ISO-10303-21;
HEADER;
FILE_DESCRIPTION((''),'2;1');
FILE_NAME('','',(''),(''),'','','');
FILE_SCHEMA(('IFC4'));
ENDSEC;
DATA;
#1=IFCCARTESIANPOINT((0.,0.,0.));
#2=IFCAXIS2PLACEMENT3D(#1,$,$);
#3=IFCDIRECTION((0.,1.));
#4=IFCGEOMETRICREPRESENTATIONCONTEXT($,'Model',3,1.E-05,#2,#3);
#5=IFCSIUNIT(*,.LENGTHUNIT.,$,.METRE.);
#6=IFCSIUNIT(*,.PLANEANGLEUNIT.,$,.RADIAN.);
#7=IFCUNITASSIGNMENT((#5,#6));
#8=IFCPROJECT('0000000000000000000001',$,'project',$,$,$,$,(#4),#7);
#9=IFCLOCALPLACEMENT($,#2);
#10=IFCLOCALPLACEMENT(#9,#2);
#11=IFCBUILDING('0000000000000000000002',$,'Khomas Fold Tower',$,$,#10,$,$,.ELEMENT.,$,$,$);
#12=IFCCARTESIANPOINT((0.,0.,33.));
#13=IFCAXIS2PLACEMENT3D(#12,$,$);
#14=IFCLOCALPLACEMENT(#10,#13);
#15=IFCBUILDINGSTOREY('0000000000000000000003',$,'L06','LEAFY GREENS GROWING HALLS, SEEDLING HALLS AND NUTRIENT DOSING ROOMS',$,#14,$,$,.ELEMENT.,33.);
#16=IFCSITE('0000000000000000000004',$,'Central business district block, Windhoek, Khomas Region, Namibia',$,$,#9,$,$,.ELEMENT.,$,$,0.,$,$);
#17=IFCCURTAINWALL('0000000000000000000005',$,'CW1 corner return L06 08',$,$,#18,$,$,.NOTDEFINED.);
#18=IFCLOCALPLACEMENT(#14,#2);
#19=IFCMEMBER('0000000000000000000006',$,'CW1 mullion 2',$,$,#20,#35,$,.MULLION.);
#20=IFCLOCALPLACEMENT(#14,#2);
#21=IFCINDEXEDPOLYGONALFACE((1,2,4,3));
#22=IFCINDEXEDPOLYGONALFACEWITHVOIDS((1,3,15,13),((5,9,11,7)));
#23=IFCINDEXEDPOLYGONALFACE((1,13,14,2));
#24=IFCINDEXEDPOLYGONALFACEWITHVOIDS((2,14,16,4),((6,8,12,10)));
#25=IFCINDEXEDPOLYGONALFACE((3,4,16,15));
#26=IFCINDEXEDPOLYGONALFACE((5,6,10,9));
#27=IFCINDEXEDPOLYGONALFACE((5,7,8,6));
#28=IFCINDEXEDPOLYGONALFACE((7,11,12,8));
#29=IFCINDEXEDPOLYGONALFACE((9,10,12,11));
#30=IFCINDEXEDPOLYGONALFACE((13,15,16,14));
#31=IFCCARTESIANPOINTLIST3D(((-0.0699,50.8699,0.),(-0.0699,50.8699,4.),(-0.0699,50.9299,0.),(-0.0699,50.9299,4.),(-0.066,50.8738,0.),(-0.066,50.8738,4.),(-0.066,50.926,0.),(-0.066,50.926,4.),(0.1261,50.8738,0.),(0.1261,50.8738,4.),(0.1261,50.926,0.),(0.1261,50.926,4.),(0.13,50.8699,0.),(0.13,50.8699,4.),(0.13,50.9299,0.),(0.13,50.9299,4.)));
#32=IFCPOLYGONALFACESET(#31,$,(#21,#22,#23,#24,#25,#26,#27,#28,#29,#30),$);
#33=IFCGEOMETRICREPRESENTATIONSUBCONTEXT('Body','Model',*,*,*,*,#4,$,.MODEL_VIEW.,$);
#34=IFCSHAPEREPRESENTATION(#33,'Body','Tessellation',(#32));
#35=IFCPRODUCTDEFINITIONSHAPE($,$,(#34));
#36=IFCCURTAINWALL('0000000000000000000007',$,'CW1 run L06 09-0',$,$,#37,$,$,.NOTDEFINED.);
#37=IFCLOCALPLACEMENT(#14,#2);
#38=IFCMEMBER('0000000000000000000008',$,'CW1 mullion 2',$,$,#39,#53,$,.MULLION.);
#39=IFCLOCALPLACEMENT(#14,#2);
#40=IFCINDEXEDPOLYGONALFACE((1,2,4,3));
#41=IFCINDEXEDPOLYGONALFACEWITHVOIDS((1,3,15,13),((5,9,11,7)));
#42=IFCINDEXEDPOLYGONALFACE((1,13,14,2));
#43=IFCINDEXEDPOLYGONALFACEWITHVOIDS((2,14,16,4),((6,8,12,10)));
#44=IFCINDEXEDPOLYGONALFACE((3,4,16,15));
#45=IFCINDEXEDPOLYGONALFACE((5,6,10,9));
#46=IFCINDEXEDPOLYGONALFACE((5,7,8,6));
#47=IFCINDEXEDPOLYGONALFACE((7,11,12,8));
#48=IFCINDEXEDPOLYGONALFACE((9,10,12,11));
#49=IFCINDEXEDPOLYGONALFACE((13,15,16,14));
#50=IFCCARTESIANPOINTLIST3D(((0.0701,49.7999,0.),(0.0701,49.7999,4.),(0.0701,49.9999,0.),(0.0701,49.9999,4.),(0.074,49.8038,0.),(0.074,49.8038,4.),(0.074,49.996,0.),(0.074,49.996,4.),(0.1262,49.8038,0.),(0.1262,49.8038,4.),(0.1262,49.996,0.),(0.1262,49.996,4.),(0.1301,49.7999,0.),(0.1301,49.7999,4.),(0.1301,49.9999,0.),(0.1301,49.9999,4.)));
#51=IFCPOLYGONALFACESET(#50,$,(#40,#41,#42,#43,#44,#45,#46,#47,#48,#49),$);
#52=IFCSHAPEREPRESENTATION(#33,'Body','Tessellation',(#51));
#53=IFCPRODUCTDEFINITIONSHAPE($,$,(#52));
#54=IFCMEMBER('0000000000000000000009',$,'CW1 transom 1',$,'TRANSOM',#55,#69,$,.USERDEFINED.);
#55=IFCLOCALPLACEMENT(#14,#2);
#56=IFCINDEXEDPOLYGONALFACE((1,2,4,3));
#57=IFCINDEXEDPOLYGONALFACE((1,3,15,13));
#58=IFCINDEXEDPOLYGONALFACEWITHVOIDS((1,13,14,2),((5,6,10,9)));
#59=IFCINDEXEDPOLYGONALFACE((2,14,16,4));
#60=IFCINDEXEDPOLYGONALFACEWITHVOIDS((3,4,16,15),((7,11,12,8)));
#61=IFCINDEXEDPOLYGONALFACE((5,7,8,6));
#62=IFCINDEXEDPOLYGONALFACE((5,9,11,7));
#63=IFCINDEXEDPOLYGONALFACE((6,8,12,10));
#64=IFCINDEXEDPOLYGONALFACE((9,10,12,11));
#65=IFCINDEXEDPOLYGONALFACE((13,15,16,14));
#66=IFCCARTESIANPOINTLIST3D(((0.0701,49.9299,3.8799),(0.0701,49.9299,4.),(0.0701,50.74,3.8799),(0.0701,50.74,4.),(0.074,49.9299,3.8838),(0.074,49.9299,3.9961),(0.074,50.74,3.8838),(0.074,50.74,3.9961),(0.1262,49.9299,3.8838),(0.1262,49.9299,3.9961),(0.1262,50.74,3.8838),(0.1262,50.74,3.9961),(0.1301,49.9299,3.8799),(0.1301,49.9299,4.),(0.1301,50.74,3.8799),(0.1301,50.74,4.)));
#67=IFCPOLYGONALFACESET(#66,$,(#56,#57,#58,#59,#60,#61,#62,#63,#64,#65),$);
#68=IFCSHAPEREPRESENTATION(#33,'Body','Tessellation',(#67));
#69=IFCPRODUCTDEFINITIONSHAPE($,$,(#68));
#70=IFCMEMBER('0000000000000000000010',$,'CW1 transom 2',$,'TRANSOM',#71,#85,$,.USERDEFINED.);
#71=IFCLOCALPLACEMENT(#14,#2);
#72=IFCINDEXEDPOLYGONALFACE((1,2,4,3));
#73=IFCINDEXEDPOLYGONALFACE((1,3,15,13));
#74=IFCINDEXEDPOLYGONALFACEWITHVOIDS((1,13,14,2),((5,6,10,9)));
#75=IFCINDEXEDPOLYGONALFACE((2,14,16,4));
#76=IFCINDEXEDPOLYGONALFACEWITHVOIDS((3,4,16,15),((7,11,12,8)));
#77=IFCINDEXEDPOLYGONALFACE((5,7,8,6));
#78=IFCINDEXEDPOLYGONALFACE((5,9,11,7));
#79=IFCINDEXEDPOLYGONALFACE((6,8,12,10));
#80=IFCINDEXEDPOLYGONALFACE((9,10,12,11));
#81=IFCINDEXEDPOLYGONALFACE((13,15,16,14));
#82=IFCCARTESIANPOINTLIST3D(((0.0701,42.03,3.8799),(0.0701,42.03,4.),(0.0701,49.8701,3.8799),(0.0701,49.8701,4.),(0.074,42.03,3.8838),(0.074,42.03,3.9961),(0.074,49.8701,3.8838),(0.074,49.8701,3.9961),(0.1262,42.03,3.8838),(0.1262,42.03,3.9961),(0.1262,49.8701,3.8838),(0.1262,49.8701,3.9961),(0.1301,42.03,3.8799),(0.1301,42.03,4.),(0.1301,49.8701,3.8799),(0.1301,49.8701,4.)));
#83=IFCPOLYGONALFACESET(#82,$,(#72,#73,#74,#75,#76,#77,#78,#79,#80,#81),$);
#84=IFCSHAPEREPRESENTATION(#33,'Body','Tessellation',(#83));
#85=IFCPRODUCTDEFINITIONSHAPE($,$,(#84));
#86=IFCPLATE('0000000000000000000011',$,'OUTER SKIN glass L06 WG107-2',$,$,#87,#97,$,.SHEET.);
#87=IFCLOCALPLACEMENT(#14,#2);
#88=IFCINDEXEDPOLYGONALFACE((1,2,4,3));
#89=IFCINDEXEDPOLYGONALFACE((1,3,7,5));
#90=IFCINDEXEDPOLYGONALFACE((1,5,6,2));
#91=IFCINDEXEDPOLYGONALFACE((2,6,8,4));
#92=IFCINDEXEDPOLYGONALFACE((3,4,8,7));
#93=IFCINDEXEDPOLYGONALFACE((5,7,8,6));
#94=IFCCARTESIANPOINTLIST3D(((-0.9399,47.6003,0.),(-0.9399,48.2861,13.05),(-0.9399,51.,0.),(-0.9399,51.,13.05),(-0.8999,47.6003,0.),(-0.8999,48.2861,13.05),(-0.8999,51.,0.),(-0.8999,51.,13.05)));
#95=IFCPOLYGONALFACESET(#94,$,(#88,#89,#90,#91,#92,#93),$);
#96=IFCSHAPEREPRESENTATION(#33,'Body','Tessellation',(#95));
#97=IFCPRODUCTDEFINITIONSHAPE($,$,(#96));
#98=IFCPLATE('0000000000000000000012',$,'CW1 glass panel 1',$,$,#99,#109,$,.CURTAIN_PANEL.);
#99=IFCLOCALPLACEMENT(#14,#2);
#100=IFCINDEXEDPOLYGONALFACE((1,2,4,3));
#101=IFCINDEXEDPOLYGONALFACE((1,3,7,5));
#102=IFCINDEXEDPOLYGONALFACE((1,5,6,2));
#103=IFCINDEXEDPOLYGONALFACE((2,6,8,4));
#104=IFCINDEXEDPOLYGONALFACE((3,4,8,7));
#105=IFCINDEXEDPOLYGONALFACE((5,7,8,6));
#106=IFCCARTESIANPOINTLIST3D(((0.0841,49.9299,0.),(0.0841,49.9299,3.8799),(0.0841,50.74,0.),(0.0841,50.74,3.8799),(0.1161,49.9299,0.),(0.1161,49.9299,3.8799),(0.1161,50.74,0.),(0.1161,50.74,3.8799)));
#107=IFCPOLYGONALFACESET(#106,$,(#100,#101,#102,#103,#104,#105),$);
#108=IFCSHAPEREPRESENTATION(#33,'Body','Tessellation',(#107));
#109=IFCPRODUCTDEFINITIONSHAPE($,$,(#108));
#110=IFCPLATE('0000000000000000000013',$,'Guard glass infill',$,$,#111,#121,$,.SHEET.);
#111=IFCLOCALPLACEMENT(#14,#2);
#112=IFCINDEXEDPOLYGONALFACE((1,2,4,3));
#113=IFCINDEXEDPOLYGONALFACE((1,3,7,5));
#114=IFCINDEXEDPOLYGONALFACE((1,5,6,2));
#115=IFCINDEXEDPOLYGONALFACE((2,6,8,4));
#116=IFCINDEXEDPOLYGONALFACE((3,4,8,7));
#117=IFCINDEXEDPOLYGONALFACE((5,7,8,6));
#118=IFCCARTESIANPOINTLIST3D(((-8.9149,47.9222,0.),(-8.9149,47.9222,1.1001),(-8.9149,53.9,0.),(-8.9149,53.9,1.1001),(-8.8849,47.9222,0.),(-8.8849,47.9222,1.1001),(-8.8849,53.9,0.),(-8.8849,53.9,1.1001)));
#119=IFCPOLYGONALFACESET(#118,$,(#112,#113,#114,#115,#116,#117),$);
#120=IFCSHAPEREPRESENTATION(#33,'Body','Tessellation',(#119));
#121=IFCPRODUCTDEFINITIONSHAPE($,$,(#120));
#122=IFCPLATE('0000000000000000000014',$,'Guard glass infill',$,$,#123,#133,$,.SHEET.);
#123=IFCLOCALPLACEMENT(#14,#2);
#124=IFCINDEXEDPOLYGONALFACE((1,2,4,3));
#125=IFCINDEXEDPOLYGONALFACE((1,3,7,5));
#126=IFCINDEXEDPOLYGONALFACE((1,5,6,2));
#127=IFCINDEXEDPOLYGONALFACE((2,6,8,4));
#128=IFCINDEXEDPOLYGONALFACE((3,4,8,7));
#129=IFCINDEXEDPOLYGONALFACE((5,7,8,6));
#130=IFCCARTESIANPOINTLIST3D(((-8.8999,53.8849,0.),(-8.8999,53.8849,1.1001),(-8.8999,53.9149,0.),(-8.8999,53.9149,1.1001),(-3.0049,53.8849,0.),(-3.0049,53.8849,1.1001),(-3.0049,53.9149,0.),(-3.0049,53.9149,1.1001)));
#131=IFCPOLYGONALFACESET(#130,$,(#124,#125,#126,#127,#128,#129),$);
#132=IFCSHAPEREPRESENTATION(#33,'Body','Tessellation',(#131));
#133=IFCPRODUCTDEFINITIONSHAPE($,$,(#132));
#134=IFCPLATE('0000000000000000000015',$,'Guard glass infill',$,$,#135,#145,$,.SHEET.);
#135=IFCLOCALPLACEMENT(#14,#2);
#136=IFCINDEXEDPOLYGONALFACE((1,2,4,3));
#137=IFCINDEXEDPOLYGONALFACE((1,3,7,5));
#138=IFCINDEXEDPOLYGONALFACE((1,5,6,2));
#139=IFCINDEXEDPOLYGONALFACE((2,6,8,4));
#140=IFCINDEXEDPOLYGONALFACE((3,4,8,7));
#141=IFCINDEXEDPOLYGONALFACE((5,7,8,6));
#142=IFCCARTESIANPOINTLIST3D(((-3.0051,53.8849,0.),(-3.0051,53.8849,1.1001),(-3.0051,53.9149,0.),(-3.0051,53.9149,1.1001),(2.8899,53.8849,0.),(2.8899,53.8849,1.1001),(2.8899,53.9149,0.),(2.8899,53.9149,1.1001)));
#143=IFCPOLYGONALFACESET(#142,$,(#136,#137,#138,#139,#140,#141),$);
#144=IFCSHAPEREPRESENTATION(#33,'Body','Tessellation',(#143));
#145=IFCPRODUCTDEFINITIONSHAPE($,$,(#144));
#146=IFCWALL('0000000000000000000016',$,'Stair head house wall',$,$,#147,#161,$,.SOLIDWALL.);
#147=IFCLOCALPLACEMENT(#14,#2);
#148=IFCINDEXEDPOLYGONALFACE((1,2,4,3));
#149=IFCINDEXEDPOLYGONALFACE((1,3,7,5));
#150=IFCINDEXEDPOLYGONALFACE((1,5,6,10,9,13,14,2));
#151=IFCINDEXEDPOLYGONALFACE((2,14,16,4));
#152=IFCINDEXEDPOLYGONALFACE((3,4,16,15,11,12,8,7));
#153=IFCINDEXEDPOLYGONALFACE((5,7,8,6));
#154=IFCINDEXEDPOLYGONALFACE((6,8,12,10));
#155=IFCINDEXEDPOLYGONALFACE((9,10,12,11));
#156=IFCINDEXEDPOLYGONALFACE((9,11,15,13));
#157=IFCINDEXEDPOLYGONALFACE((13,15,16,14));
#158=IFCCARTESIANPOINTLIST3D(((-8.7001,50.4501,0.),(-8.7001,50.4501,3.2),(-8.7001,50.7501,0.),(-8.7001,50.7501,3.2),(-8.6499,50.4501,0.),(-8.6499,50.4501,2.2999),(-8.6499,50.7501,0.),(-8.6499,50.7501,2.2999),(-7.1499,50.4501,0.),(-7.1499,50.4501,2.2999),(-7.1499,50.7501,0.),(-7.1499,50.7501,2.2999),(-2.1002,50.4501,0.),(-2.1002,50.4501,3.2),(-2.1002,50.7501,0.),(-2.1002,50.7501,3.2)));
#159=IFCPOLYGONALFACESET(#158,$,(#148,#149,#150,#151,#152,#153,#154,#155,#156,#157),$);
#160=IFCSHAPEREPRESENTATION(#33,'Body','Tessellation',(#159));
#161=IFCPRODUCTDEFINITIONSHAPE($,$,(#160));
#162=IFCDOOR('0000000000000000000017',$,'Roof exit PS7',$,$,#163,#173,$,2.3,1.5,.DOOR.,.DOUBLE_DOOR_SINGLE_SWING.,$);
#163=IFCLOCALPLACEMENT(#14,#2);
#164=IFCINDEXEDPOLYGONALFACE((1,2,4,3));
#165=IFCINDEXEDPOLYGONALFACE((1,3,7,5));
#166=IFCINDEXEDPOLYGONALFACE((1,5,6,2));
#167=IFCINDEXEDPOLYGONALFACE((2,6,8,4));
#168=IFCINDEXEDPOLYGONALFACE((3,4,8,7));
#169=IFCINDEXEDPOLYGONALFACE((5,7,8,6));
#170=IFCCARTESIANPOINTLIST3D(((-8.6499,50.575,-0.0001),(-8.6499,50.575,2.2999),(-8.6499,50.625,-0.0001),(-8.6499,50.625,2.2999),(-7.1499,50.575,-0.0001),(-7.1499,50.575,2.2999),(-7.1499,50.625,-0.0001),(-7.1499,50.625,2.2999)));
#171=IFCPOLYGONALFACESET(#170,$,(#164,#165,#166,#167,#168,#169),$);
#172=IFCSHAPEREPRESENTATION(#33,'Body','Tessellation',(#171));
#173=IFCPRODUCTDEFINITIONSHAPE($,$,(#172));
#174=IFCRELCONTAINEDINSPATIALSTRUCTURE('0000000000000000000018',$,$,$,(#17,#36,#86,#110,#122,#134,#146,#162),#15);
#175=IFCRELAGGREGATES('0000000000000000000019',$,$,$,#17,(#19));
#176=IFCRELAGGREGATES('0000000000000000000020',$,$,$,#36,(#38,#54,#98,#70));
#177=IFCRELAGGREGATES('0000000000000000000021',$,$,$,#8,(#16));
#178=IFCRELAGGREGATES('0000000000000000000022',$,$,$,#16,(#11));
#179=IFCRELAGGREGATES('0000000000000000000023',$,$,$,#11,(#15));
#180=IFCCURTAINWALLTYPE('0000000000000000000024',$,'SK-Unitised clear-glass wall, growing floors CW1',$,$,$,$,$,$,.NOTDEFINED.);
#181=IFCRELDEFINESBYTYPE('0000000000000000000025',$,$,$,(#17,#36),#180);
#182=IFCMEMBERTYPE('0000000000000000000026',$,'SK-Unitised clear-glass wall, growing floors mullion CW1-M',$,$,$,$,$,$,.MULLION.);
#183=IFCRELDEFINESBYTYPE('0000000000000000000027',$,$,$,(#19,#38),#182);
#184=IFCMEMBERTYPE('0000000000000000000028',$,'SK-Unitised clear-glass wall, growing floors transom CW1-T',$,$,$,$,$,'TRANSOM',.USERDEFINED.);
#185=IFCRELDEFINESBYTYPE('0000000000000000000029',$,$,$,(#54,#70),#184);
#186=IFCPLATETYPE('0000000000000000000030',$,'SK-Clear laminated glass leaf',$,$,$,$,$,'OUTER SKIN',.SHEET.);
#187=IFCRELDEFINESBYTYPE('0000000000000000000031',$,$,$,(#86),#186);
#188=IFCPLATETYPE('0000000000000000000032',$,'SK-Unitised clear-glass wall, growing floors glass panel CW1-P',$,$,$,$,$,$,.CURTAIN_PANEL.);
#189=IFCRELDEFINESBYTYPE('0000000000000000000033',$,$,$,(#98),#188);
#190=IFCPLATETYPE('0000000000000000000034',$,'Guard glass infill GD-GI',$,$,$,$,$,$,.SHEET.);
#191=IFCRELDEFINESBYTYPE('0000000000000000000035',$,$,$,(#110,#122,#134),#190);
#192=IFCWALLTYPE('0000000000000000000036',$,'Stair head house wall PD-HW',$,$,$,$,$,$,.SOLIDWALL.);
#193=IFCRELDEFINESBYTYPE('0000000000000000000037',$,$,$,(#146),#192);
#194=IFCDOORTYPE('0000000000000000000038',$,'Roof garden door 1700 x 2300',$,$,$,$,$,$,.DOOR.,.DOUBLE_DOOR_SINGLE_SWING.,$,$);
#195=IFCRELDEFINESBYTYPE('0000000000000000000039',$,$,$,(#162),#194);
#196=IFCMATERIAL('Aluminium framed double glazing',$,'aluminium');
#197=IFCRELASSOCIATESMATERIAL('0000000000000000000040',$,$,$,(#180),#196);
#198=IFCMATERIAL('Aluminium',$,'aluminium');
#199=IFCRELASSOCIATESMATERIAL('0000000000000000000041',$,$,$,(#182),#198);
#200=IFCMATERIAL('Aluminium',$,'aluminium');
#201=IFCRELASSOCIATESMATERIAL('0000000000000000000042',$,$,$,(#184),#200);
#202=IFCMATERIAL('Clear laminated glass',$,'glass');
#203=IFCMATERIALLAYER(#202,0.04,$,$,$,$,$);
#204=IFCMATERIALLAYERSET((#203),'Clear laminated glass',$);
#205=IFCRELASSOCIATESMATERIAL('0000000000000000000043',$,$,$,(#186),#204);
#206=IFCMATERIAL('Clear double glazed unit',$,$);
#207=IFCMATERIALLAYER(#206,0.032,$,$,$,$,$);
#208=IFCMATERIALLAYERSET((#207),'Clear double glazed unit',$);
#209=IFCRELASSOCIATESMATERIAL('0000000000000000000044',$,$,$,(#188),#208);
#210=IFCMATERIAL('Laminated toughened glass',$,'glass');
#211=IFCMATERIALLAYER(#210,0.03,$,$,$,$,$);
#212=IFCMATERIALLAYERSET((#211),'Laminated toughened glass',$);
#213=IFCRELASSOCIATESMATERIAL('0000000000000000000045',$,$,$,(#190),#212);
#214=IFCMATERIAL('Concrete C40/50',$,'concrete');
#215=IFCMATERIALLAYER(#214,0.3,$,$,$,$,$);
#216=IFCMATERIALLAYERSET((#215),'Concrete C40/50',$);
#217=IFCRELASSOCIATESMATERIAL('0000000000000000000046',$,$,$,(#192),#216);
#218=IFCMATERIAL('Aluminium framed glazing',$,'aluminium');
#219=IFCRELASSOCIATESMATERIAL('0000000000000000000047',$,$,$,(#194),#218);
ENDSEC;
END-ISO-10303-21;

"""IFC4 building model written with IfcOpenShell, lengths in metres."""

from ifc_helpers import new_model, si_unit, direction, frame, frame_2d, origin, origin_2d, place, context, subcontext, project, spatial, polyline, rectangle, hollow_rectangle, outline, extrude, source, transform, mapped, material, layer, layer_set, material_profile, profile_set, type_object, element, fill, aggregate, save


model = new_model("IFC4")

# Units and contexts
model_context = context("Model", 3, precision=1e-05, world=origin(), true_north=direction((0.0, 1.0)))
body_context = subcontext(model_context, "Body", "Model", "MODEL_VIEW")
ifc_project = project(units=[si_unit("LENGTHUNIT", "METRE"), si_unit("PLANEANGLEUNIT", "RADIAN")], contexts=[model_context])

# Site, building, storey
site_placement = place(None, origin())
site = spatial("IfcSite", under=ifc_project, at=site_placement, Name="Central business district block, Windhoek, Khomas Region, Namibia", CompositionType="ELEMENT", RefElevation=0.0)
building_placement = place(site_placement, origin())
building = spatial("IfcBuilding", under=site, at=building_placement, Name="Khomas Fold Tower", CompositionType="ELEMENT")
storey_placement = place(building_placement, frame((0.0, 0.0, 33.0)))
storey = spatial("IfcBuildingStorey", under=building, at=storey_placement, Name="L06", Description="LEAFY GREENS GROWING HALLS, SEEDLING HALLS AND NUTRIENT DOSING ROOMS", CompositionType="ELEMENT", Elevation=33.0)

# Curtain wall, member
ifc_material_1 = material(Name="Aluminium framed double glazing", Category="aluminium")
curtain_wall_type = type_object("IfcCurtainWallType", Name="SK-Unitised clear-glass wall, growing floors CW1", PredefinedType="NOTDEFINED", material=ifc_material_1)
curtain_wall_1_placement = place(storey_placement, origin())
curtain_wall_1 = element("IfcCurtainWall", 1, at=curtain_wall_1_placement, inside=storey, type_object=curtain_wall_type, Name="CW1 corner return L06 08", PredefinedType="NOTDEFINED")
ifc_material_2 = material(Name="Aluminium", Category="aluminium")
ifc_material_profile_1 = material_profile(ifc_material_2, hollow_rectangle(XDim=0.0601, YDim=0.2, WallThickness=0.0039, at=origin_2d()), Name="SK-Unitised clear-glass wall, growing floors mullion CW1-M")
ifc_profile_set_1 = profile_set([ifc_material_profile_1], Name="Aluminium")
member_type_1 = type_object("IfcMemberType", Name="SK-Unitised clear-glass wall, growing floors mullion CW1-M", PredefinedType="MULLION", material=ifc_profile_set_1)
shared_shape_1 = source(origin(), body_context, "Body", "SweptSolid", [
    extrude(hollow_rectangle(XDim=0.0601, YDim=0.2, WallThickness=0.0039, at=origin_2d()), origin(), (0.0, 0.0, 1.0), 4.0),
])
member_1_placement = place(storey_placement, frame((0.03, 50.8999, 0.0), z_axis=(0.0, 0.0, 1.0), x_axis=(0.0, -1.0, 0.0)))
member_1 = element("IfcMember", 2, at=member_1_placement, type_object=member_type_1, Name="CW1 mullion 2", PredefinedType="MULLION", context=body_context, shape_type="MappedRepresentation", body=[
    mapped(shared_shape_1, transform((0.0, 0.0, 0.0))),
])
aggregate(curtain_wall_1, [member_1])

# Curtain wall, members
curtain_wall_2_placement = place(storey_placement, origin())
curtain_wall_2 = element("IfcCurtainWall", 3, at=curtain_wall_2_placement, inside=storey, type_object=curtain_wall_type, Name="CW1 run L06 09-0", PredefinedType="NOTDEFINED")
member_2_placement = place(storey_placement, frame((0.1001, 49.8999, 0.0), z_axis=(0.0, 0.0, 1.0), x_axis=(1.0, 0.0, 0.0)))
member_2 = element("IfcMember", 4, at=member_2_placement, type_object=member_type_1, Name="CW1 mullion 2", PredefinedType="MULLION", context=body_context, shape_type="MappedRepresentation", body=[
    mapped(shared_shape_1, transform((0.0, 0.0, 0.0))),
])
ifc_material_3 = material(Name="Aluminium", Category="aluminium")
ifc_material_profile_2 = material_profile(ifc_material_3, hollow_rectangle(XDim=0.0601, YDim=0.1201, WallThickness=0.0039, at=origin_2d()), Name="SK-Unitised clear-glass wall, growing floors transom CW1-T")
ifc_profile_set_2 = profile_set([ifc_material_profile_2], Name="Aluminium")
member_type_2 = type_object("IfcMemberType", Name="SK-Unitised clear-glass wall, growing floors transom CW1-T", ElementType="TRANSOM", PredefinedType="USERDEFINED", material=ifc_profile_set_2)
shared_shape_2 = source(origin(), body_context, "Body", "SweptSolid", [
    extrude(hollow_rectangle(XDim=0.0601, YDim=0.1201, WallThickness=0.0039, at=origin_2d()), origin(), (0.0, 0.0, 1.0), 0.8101),
])
member_3_placement = place(storey_placement, frame((0.1001, 50.74, 3.9399), z_axis=(0.0, -1.0, 0.0), x_axis=(1.0, 0.0, 0.0)))
member_3 = element("IfcMember", 5, at=member_3_placement, type_object=member_type_2, Name="CW1 transom 1", ObjectType="TRANSOM", PredefinedType="USERDEFINED", context=body_context, shape_type="MappedRepresentation", body=[
    mapped(shared_shape_2, transform((0.0, 0.0, 0.0))),
])
shared_shape_3 = source(origin(), body_context, "Body", "SweptSolid", [
    extrude(hollow_rectangle(XDim=0.0601, YDim=0.1201, WallThickness=0.0039, at=origin_2d()), origin(), (0.0, 0.0, 1.0), 7.8401),
])
member_4_placement = place(storey_placement, frame((0.1001, 49.8701, 3.9399), z_axis=(0.0, -1.0, 0.0), x_axis=(1.0, 0.0, 0.0)))
member_4 = element("IfcMember", 6, at=member_4_placement, type_object=member_type_2, Name="CW1 transom 2", ObjectType="TRANSOM", PredefinedType="USERDEFINED", context=body_context, shape_type="MappedRepresentation", body=[
    mapped(shared_shape_3, transform((0.0, 0.0, 0.0))),
])

# Plates
ifc_material_4 = material(Name="Clear laminated glass", Category="glass")
ifc_layer_1 = layer(ifc_material_4, 0.04)
ifc_layer_set_1 = layer_set([ifc_layer_1], Name="Clear laminated glass")
plate_type_1 = type_object("IfcPlateType", Name="SK-Clear laminated glass leaf", ElementType="OUTER SKIN", PredefinedType="SHEET", material=ifc_layer_set_1)
plate_1_placement = place(storey_placement, frame((-0.9399, 47.6003, 0.0), z_axis=(-1.0, 0.0, 0.0), x_axis=(0.0, 0.052478, 0.998622)))
element("IfcPlate", 7, at=plate_1_placement, inside=storey, type_object=plate_type_1, Name="OUTER SKIN glass L06 WG107-2", PredefinedType="SHEET", context=body_context, shape_type="SweptSolid", body=[
    extrude(outline(polyline([(0.0, 0.0), (13.0681, 0.0), (13.2105, 2.7101), (0.1784, 3.395), (0.0, 0.0)])), origin(), (0.0, 0.0, -1.0), 0.04),
])
ifc_material_5 = material(Name="Clear double glazed unit")
ifc_layer_2 = layer(ifc_material_5, 0.032)
ifc_layer_set_2 = layer_set([ifc_layer_2], Name="Clear double glazed unit")
plate_type_2 = type_object("IfcPlateType", Name="SK-Unitised clear-glass wall, growing floors glass panel CW1-P", PredefinedType="CURTAIN_PANEL", material=ifc_layer_set_2)
shared_shape_4 = source(origin(), body_context, "Body", "SweptSolid", [
    extrude(rectangle(XDim=0.8101, YDim=0.032, at=origin_2d()), origin(), (0.0, 0.0, 1.0), 3.8799),
])
plate_2_placement = place(storey_placement, frame((0.1001, 50.335, 0.0), z_axis=(0.0, 0.0, 1.0), x_axis=(0.0, -1.0, 0.0)))
plate_2 = element("IfcPlate", 8, at=plate_2_placement, type_object=plate_type_2, Name="CW1 glass panel 1", PredefinedType="CURTAIN_PANEL", context=body_context, shape_type="MappedRepresentation", body=[
    mapped(shared_shape_4, transform((0.0, 0.0, 0.0))),
])
aggregate(curtain_wall_2, [member_2, member_3, plate_2, member_4])

# Plates
ifc_material_6 = material(Name="Laminated toughened glass", Category="glass")
ifc_layer_3 = layer(ifc_material_6, 0.03)
ifc_layer_set_3 = layer_set([ifc_layer_3], Name="Laminated toughened glass")
plate_type_3 = type_object("IfcPlateType", Name="Guard glass infill GD-GI", PredefinedType="SHEET", material=ifc_layer_set_3)
shared_shape_5 = source(origin(), body_context, "Body", "SweptSolid", [
    extrude(rectangle(XDim=5.9778, YDim=0.03, at=origin_2d()), origin(), (0.0, 0.0, 1.0), 1.1001),
])
plate_3_placement = place(storey_placement, frame((-8.8999, 50.9111, 0.0), z_axis=(0.0, 0.0, 1.0), x_axis=(0.0, 1.0, 0.0)))
element("IfcPlate", 9, at=plate_3_placement, inside=storey, type_object=plate_type_3, Name="Guard glass infill", PredefinedType="SHEET", context=body_context, shape_type="MappedRepresentation", body=[
    mapped(shared_shape_5, transform((0.0, 0.0, 0.0))),
])
shared_shape_6 = source(origin(), body_context, "Body", "SweptSolid", [
    extrude(rectangle(XDim=5.895, YDim=0.03, at=origin_2d()), origin(), (0.0, 0.0, 1.0), 1.1001),
])
for number, where, z_axis, x_axis, name in (
    (10, (-5.9524, 53.8999, 0.0), (0.0, 0.0, 1.0), (1.0, 0.0, 0.0), "Guard glass infill"),
    (11, (-0.0576, 53.8999, 0.0), (0.0, 0.0, 1.0), (1.0, 0.0, 0.0), "Guard glass infill"),
):
    element("IfcPlate", number, at=place(storey_placement, frame(where, z_axis=z_axis, x_axis=x_axis)), inside=storey, type_object=plate_type_3, Name=name, PredefinedType="SHEET", context=body_context, shape_type="MappedRepresentation", body=[
        mapped(shared_shape_6, transform((0.0, 0.0, 0.0))),
    ])

# Wall, opening, door
ifc_material_7 = material(Name="Concrete C40/50", Category="concrete")
ifc_layer_4 = layer(ifc_material_7, 0.3)
ifc_layer_set_4 = layer_set([ifc_layer_4], Name="Concrete C40/50")
wall_type = type_object("IfcWallType", Name="Stair head house wall PD-HW", PredefinedType="SOLIDWALL", material=ifc_layer_set_4)
shared_shape_7 = source(origin(), body_context, "Body", "SweptSolid", [
    extrude(rectangle(XDim=6.5999, YDim=0.3, at=frame_2d((3.2998, 0.0))), origin(), (0.0, 0.0, 1.0), 3.2),
])
wall_1_placement = place(storey_placement, frame((-8.7, 50.6001, 0.0), z_axis=(0.0, 0.0, 1.0), x_axis=(1.0, 0.0, 0.0)))
wall_1 = element("IfcWall", 12, at=wall_1_placement, inside=storey, type_object=wall_type, Name="Stair head house wall", PredefinedType="SOLIDWALL", context=body_context, shape_type="MappedRepresentation", body=[
    mapped(shared_shape_7, transform((0.0, 0.0, 0.0))),
])
shared_shape_8 = source(origin(), body_context, "Body", "SweptSolid", [
    extrude(rectangle(XDim=1.5, YDim=2.3, at=frame_2d((0.75, 1.1499))), frame((0.0, 0.1599, 0.0), z_axis=(0.0, -1.0, 0.0), x_axis=(1.0, 0.0, 0.0)), (0.0, 0.0, 1.0), 0.3201),
])
opening_1_placement = place(wall_1_placement, frame((0.05, 0.0, 0.0)))
opening_1 = element("IfcOpeningElement", 13, at=opening_1_placement, cuts=wall_1, PredefinedType="OPENING", context=body_context, shape_type="MappedRepresentation", body=[
    mapped(shared_shape_8, transform((0.0, 0.0, 0.0))),
])
ifc_material_8 = material(Name="Aluminium framed glazing", Category="aluminium")
door_type = type_object("IfcDoorType", Name="Roof garden door 1700 x 2300", OperationType="DOUBLE_DOOR_SINGLE_SWING", PredefinedType="DOOR", material=ifc_material_8)
shared_shape_9 = source(origin(), body_context, "Body", "SweptSolid", [
    extrude(rectangle(XDim=1.5, YDim=2.3, at=frame_2d((0.75, 1.1499))), frame((0.0, 0.0249, 0.0), z_axis=(0.0, -1.0, 0.0), x_axis=(1.0, 0.0, 0.0)), (0.0, 0.0, 1.0), 0.05),
])
door_1_placement = place(opening_1_placement, origin())
door_1 = element("IfcDoor", 14, at=door_1_placement, inside=storey, type_object=door_type, Name="Roof exit PS7", OperationType="DOUBLE_DOOR_SINGLE_SWING", OverallHeight=2.3, OverallWidth=1.5, PredefinedType="DOOR", context=body_context, shape_type="MappedRepresentation", body=[
    mapped(shared_shape_9, transform((0.0, 0.0, 0.0))),
])
fill(opening_1, door_1)

save(model, "model.ifc")
